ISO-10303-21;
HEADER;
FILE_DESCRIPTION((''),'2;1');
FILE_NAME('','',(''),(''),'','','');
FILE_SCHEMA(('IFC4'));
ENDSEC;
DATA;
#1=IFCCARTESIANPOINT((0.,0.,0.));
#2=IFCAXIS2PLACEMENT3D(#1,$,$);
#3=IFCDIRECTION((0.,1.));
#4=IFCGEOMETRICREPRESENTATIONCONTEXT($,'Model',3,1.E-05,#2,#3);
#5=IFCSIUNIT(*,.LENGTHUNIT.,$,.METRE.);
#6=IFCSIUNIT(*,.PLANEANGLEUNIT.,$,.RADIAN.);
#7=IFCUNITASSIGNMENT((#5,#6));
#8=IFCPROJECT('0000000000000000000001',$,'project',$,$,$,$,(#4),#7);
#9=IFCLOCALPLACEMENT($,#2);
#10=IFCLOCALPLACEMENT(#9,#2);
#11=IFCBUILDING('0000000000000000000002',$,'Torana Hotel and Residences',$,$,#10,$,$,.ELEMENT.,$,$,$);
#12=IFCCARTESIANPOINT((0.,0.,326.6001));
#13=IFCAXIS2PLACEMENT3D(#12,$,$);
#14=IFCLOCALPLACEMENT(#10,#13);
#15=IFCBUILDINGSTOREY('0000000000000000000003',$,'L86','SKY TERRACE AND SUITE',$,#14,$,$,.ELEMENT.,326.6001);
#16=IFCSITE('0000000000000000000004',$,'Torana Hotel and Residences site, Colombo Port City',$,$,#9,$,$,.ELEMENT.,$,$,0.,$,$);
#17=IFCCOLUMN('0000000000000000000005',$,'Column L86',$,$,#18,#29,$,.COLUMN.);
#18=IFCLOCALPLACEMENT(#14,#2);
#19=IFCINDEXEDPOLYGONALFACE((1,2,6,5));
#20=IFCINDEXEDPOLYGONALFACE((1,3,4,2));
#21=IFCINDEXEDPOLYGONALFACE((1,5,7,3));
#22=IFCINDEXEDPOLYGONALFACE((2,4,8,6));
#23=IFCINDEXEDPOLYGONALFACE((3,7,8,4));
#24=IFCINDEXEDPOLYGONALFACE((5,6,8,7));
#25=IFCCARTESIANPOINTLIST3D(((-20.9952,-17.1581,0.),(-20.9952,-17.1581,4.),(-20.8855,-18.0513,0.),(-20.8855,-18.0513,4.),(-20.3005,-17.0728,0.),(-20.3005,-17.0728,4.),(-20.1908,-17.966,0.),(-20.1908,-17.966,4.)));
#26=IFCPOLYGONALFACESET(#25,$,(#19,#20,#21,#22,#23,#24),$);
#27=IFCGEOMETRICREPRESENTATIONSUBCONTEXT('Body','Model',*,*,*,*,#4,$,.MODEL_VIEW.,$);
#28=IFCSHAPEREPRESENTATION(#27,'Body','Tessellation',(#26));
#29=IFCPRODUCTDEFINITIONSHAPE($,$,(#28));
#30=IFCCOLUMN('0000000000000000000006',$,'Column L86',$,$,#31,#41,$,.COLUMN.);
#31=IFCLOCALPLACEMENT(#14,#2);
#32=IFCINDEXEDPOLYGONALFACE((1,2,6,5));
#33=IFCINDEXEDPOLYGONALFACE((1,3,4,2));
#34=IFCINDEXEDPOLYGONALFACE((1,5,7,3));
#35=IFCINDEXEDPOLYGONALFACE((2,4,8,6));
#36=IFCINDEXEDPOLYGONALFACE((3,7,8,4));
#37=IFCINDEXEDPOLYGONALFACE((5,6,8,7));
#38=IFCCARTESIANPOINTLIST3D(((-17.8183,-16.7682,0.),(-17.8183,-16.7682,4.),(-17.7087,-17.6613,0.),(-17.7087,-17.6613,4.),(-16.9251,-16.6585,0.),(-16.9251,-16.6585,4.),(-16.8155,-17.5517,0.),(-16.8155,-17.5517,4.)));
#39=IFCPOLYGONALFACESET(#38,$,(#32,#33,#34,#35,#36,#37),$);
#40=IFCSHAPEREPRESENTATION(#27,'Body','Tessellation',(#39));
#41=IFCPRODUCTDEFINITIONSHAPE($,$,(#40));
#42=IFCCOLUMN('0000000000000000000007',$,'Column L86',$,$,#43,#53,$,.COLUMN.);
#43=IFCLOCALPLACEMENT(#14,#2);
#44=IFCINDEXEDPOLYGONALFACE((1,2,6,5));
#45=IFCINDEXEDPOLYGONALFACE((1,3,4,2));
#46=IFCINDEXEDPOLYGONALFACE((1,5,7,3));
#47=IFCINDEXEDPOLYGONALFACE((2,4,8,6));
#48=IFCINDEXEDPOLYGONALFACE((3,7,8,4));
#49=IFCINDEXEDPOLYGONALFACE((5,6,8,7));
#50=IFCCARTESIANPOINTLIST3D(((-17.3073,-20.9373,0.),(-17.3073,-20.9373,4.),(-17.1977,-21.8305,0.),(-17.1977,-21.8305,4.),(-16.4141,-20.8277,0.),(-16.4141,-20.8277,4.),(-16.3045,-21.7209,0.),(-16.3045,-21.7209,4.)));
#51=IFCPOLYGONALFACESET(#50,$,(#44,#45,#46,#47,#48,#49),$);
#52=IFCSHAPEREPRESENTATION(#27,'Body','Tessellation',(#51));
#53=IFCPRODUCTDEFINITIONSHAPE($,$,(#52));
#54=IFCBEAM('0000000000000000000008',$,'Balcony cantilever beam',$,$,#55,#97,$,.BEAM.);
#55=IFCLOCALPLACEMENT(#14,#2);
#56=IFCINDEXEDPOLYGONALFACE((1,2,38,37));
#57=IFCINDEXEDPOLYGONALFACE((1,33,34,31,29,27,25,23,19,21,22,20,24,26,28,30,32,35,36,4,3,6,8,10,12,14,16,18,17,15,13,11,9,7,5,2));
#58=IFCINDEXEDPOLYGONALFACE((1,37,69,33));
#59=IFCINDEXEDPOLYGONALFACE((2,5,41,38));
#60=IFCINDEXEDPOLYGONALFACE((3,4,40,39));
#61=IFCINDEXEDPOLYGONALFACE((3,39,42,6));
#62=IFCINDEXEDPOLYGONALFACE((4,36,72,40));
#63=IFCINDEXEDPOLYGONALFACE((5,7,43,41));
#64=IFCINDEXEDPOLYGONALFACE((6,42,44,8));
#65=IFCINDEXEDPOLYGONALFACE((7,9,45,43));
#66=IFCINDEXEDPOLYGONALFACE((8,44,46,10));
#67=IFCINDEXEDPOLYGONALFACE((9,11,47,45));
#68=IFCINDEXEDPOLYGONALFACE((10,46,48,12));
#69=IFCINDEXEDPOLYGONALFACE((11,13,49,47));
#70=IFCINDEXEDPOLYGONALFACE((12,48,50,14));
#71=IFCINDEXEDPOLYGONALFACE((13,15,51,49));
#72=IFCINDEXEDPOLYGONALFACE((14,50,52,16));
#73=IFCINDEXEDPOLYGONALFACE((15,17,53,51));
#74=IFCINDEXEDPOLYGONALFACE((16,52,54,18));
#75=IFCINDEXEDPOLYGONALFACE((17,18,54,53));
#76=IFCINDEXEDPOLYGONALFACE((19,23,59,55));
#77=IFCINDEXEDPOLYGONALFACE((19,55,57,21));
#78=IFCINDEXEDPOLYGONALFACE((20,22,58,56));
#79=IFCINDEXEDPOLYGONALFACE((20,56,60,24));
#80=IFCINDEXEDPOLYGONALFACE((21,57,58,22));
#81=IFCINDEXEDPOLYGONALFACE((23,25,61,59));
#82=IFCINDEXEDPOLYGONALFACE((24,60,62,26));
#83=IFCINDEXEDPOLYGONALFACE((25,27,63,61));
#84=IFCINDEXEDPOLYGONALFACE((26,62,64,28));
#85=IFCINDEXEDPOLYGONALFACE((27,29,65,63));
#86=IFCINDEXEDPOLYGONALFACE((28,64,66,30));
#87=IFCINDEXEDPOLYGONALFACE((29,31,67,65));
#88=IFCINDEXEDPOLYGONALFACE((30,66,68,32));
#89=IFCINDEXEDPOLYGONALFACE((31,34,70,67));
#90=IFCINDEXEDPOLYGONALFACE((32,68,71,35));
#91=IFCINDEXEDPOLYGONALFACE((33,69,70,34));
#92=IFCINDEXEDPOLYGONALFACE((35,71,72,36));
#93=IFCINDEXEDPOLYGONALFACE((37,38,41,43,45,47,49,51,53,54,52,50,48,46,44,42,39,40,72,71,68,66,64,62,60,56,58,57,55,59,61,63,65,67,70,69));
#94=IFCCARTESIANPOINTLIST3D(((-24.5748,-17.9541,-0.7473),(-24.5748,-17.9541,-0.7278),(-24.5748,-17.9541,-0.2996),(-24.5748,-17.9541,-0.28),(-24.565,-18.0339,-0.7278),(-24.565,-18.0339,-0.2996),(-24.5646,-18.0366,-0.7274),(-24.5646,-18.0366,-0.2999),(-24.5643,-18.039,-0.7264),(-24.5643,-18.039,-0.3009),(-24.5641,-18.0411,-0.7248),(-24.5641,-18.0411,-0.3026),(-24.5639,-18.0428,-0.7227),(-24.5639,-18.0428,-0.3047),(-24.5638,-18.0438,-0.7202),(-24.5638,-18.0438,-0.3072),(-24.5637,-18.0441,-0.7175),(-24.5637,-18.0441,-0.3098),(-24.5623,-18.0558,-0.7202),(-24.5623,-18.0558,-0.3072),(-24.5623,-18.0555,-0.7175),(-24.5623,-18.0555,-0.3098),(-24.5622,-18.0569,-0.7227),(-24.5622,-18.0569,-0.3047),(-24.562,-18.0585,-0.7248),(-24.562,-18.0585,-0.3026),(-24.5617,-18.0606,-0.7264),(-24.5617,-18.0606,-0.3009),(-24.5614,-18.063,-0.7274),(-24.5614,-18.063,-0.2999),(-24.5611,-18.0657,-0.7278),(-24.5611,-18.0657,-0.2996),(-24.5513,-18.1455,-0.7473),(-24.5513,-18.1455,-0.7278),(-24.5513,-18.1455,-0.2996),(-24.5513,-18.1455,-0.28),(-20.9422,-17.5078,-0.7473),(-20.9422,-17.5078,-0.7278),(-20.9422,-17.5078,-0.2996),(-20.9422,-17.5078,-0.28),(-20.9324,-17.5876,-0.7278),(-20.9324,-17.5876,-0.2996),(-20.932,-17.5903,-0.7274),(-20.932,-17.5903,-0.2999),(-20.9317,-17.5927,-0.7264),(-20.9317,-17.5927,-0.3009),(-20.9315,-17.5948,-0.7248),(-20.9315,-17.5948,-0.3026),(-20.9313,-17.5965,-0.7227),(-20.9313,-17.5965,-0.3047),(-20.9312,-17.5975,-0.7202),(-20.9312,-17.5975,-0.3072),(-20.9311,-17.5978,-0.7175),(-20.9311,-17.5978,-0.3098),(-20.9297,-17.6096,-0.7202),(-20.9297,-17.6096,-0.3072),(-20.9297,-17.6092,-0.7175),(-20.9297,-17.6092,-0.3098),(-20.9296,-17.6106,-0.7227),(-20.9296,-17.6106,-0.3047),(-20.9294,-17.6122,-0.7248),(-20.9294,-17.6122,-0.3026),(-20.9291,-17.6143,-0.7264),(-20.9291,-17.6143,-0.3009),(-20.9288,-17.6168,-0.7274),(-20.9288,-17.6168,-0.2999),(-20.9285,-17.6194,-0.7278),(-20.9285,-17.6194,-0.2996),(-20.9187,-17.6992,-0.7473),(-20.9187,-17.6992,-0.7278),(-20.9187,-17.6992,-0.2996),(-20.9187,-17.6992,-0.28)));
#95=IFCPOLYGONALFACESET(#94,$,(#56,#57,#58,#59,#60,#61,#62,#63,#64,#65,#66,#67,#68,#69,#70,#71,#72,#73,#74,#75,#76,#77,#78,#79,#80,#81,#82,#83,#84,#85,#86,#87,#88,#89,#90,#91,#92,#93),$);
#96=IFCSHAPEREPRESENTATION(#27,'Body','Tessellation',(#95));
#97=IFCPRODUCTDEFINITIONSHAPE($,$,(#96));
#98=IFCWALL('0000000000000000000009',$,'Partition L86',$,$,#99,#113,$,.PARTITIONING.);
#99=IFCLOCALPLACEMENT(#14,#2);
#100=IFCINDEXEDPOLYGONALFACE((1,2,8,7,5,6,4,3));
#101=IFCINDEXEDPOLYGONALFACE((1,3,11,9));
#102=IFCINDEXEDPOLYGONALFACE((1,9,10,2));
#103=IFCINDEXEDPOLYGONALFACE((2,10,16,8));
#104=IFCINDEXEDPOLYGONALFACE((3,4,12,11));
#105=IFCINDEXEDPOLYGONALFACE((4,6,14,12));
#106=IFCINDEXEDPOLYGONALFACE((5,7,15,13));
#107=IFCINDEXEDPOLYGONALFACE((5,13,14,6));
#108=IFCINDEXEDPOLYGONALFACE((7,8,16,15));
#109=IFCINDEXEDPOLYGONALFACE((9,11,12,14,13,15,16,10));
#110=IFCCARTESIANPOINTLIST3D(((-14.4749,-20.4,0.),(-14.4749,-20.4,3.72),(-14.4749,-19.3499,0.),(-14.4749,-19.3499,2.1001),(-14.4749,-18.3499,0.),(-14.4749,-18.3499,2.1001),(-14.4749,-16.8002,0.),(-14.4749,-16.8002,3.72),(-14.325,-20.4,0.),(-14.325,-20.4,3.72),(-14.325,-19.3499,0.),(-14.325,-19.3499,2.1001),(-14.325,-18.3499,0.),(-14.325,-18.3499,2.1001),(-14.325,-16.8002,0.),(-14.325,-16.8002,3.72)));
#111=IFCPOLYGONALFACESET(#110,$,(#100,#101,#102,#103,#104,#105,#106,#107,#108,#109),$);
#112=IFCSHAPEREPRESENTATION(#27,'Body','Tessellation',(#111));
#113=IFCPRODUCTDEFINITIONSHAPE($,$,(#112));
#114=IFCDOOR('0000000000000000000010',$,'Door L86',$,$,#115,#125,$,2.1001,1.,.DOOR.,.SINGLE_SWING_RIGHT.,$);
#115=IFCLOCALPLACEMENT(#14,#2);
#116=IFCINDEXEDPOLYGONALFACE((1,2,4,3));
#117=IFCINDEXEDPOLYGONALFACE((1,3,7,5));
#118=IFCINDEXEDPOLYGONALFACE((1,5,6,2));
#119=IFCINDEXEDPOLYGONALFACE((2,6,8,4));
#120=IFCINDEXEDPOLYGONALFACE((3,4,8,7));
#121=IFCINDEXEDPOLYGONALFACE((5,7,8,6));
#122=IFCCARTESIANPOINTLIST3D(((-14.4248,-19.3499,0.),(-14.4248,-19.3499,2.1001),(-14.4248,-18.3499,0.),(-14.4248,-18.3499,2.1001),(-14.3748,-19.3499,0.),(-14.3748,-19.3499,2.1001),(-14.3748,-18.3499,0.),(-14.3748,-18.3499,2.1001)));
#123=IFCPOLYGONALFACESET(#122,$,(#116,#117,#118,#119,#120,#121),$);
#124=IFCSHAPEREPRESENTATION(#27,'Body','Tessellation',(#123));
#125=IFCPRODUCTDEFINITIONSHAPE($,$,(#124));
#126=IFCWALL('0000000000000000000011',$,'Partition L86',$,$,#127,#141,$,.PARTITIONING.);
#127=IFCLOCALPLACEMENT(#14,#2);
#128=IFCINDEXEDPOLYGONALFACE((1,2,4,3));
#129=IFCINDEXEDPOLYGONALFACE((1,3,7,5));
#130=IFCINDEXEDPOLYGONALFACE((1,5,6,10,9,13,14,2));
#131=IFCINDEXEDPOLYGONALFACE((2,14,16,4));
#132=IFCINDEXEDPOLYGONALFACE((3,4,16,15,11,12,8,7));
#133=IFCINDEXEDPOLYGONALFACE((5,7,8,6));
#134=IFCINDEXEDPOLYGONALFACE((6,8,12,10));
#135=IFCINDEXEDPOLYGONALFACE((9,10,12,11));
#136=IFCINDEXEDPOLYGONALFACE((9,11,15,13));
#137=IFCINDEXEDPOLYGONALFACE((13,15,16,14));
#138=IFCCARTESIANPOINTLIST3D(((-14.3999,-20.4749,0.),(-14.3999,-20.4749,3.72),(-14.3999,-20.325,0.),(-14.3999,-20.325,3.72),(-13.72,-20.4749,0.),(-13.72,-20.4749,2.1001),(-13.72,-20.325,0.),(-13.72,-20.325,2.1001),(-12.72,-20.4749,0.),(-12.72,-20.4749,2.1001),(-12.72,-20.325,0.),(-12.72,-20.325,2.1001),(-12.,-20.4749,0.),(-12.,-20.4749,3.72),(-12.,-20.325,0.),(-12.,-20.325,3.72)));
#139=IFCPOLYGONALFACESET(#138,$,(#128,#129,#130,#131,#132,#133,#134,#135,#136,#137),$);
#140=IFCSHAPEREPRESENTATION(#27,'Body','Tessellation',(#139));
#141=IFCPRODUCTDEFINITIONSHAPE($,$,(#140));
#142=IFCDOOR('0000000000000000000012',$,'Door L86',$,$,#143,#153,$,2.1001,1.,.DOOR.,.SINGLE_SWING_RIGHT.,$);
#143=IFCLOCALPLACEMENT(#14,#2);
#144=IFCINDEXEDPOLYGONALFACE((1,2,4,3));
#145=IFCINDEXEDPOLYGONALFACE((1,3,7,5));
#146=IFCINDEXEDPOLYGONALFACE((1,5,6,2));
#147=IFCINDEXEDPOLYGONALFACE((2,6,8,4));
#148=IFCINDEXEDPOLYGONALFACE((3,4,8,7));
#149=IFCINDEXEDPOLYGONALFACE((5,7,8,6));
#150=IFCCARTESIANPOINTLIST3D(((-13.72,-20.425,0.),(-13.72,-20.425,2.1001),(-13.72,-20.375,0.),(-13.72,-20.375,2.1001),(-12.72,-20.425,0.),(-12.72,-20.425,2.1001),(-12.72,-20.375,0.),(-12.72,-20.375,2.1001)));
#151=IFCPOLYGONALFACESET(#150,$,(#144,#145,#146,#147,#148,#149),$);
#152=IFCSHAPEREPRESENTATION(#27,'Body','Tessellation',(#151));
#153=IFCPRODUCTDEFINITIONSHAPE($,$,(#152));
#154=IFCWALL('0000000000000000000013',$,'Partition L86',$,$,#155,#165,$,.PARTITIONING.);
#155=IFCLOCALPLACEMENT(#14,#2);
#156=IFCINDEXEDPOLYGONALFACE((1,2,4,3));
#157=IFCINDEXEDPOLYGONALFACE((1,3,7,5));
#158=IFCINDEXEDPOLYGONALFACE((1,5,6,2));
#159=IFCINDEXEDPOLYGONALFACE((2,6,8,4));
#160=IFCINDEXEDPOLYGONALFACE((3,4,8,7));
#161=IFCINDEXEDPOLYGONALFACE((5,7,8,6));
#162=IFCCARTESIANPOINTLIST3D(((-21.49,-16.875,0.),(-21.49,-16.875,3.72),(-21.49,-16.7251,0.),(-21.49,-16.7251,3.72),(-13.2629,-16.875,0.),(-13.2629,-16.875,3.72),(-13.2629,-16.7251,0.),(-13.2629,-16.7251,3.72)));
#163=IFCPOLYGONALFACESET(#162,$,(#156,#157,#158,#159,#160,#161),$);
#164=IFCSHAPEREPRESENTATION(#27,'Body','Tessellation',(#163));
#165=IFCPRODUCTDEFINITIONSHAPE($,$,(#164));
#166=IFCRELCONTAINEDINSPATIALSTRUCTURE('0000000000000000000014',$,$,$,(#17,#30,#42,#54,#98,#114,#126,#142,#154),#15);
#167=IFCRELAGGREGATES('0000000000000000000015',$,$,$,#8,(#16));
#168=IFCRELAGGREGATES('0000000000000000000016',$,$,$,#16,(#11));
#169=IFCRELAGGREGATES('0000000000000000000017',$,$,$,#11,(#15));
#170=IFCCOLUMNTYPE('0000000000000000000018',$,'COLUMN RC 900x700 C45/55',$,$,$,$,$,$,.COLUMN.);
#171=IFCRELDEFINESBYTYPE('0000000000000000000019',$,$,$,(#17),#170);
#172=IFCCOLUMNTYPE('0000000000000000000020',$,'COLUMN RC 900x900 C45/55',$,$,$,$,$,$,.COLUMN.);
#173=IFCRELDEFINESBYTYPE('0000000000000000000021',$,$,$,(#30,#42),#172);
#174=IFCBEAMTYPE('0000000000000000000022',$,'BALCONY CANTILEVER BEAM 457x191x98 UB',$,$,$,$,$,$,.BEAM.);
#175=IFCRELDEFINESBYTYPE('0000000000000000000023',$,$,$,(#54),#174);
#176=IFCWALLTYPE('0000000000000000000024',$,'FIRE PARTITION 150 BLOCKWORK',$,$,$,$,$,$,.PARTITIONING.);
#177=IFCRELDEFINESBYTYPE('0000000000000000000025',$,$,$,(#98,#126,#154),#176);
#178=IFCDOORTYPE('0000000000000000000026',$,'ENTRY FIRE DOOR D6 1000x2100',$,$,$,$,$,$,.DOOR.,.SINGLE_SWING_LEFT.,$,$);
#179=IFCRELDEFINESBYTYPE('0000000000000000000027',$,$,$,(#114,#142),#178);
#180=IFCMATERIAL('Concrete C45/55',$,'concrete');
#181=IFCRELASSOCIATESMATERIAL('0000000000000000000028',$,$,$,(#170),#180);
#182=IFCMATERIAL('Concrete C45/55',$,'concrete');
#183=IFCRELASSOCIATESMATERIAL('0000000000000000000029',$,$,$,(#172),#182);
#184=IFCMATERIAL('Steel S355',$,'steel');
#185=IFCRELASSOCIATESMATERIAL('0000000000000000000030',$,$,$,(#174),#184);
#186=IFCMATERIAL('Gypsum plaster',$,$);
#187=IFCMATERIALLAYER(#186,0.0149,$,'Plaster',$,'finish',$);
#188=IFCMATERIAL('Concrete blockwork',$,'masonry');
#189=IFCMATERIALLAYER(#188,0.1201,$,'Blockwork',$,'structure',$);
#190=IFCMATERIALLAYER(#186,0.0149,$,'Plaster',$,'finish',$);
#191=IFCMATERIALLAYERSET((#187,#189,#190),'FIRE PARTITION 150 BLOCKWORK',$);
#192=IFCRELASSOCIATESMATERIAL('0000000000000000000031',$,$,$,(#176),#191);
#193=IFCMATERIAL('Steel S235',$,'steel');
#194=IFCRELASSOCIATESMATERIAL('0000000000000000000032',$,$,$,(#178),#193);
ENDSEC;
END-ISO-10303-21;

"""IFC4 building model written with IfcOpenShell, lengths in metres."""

from ifc_helpers import new_model, si_unit, direction, frame, frame_2d, origin, origin_2d, place, context, subcontext, project, spatial, rectangle, i_section, extrude, material, layer, layer_set, material_profile, profile_set, type_object, element, fill, save


model = new_model("IFC4")

# Units and contexts
model_context = context("Model", 3, precision=1e-05, world=origin(), true_north=direction((0.0, 1.0)))
body_context = subcontext(model_context, "Body", "Model", "MODEL_VIEW")
ifc_project = project(units=[si_unit("LENGTHUNIT", "METRE"), si_unit("PLANEANGLEUNIT", "RADIAN")], contexts=[model_context])

# Site, building, storey
site_placement = place(None, origin())
site = spatial("IfcSite", under=ifc_project, at=site_placement, Name="Torana Hotel and Residences site, Colombo Port City", CompositionType="ELEMENT", RefElevation=0.0)
building_placement = place(site_placement, origin())
building = spatial("IfcBuilding", under=site, at=building_placement, Name="Torana Hotel and Residences", CompositionType="ELEMENT")
storey_placement = place(building_placement, frame((0.0, 0.0, 326.6001)))
storey = spatial("IfcBuildingStorey", under=building, at=storey_placement, Name="L86", Description="SKY TERRACE AND SUITE", CompositionType="ELEMENT", Elevation=326.6001)

# Columns
ifc_material_1 = material(Name="Concrete C45/55", Category="concrete")
ifc_material_profile_1 = material_profile(ifc_material_1, rectangle(XDim=0.8999, YDim=0.7, at=origin_2d()), Name="RC 900x700")
ifc_profile_set_1 = profile_set([ifc_material_profile_1], Name="Concrete C45/55")
column_type_1 = type_object("IfcColumnType", Name="COLUMN RC 900x700 C45/55", PredefinedType="COLUMN", material=ifc_profile_set_1)
column_placement = place(storey_placement, frame((-20.593, -17.562, 0.0), z_axis=(0.0, 0.0, 1.0), x_axis=(-0.121869, 0.992546, 0.0)))
element("IfcColumn", 1, at=column_placement, inside=storey, type_object=column_type_1, Name="Column L86", PredefinedType="COLUMN", context=body_context, shape_type="SweptSolid", body=[
    extrude(rectangle(XDim=0.8999, YDim=0.7, at=origin_2d()), origin(), (0.0, 0.0, 1.0), 4.0),
])
ifc_material_2 = material(Name="Concrete C45/55", Category="concrete")
ifc_material_profile_2 = material_profile(ifc_material_2, rectangle(XDim=0.8999, YDim=0.8999, at=origin_2d()), Name="RC 900x900")
ifc_profile_set_2 = profile_set([ifc_material_profile_2], Name="Concrete C45/55")
column_type_2 = type_object("IfcColumnType", Name="COLUMN RC 900x900 C45/55", PredefinedType="COLUMN", material=ifc_profile_set_2)
for number, where, z_axis, x_axis, name in (
    (2, (-17.3169, -17.1599, 0.0), (0.0, 0.0, 1.0), (0.992546, 0.121869, 0.0), "Column L86"),
    (3, (-16.8059, -21.3291, 0.0), (0.0, 0.0, 1.0), (0.992546, 0.121869, 0.0), "Column L86"),
):
    element("IfcColumn", number, at=place(storey_placement, frame(where, z_axis=z_axis, x_axis=x_axis)), inside=storey, type_object=column_type_2, Name=name, PredefinedType="COLUMN", context=body_context, shape_type="SweptSolid", body=[
        extrude(rectangle(XDim=0.8999, YDim=0.8999, at=origin_2d()), origin(), (0.0, 0.0, 1.0), 4.0),
    ])

# Beam
ifc_material_3 = material(Name="Steel S355", Category="steel")
ifc_material_profile_3 = material_profile(ifc_material_3, i_section(OverallWidth=0.1929, OverallDepth=0.4673, WebThickness=0.0115, FlangeThickness=0.0195, FilletRadius=0.0103, at=origin_2d()), Name="457x191x98 UB")
ifc_profile_set_3 = profile_set([ifc_material_profile_3], Name="Steel S355")
beam_type = type_object("IfcBeamType", Name="BALCONY CANTILEVER BEAM 457x191x98 UB", PredefinedType="BEAM", material=ifc_profile_set_3)
beam_placement = place(storey_placement, frame((-20.9304, -17.6035, -0.5137), z_axis=(-0.992537, -0.121941, 0.0), x_axis=(0.121941, -0.992537, 0.0)))
element("IfcBeam", 4, at=beam_placement, inside=storey, type_object=beam_type, Name="Balcony cantilever beam", PredefinedType="BEAM", context=body_context, shape_type="SweptSolid", body=[
    extrude(i_section(OverallWidth=0.1929, OverallDepth=0.4673, WebThickness=0.0115, FlangeThickness=0.0195, FilletRadius=0.0103, at=origin_2d()), origin(), (0.0, 0.0, 1.0), 3.6599),
])

# Walls, openings, doors
ifc_material_4 = material(Name="Gypsum plaster")
ifc_layer_1 = layer(ifc_material_4, 0.0149, Name="Plaster", Category="finish")
ifc_material_5 = material(Name="Concrete blockwork", Category="masonry")
ifc_layer_2 = layer(ifc_material_5, 0.1201, Name="Blockwork", Category="structure")
ifc_layer_3 = layer(ifc_material_4, 0.0149, Name="Plaster", Category="finish")
ifc_layer_set_1 = layer_set([ifc_layer_1, ifc_layer_2, ifc_layer_3], Name="FIRE PARTITION 150 BLOCKWORK")
wall_type_1 = type_object("IfcWallType", Name="FIRE PARTITION 150 BLOCKWORK", PredefinedType="PARTITIONING", material=ifc_layer_set_1)
wall_1_placement = place(storey_placement, frame((-14.3999, -20.3999, 0.0), z_axis=(0.0, 0.0, 1.0), x_axis=(0.0, 1.0, 0.0)))
wall_1 = element("IfcWall", 5, at=wall_1_placement, inside=storey, type_object=wall_type_1, Name="Partition L86", PredefinedType="PARTITIONING", context=body_context, shape_type="SweptSolid", body=[
    extrude(rectangle(XDim=3.5999, YDim=0.1499, at=frame_2d((1.7998, 0.0))), origin(), (0.0, 0.0, 1.0), 3.72),
])
opening_1_placement = place(wall_1_placement, frame((1.05, 0.0, 0.0)))
opening_1 = element("IfcOpeningElement", 6, at=opening_1_placement, cuts=wall_1, PredefinedType="OPENING", context=body_context, shape_type="SweptSolid", body=[
    extrude(rectangle(XDim=1.0, YDim=2.1001, at=frame_2d((0.5, 1.05))), frame((0.0, 0.085, 0.0), z_axis=(0.0, -1.0, 0.0), x_axis=(1.0, 0.0, 0.0)), (0.0, 0.0, 1.0), 0.1699),
])
ifc_material_6 = material(Name="Steel S235", Category="steel")
door_type_1 = type_object("IfcDoorType", Name="ENTRY FIRE DOOR D6 1000x2100", OperationType="SINGLE_SWING_LEFT", PredefinedType="DOOR", material=ifc_material_6)
door_1_placement = place(opening_1_placement, origin())
door_1 = element("IfcDoor", 7, at=door_1_placement, inside=storey, type_object=door_type_1, Name="Door L86", OperationType="SINGLE_SWING_RIGHT", OverallHeight=2.1001, OverallWidth=1.0, PredefinedType="DOOR", context=body_context, shape_type="SweptSolid", body=[
    extrude(rectangle(XDim=1.0, YDim=2.1001, at=frame_2d((0.5, 1.05))), frame((0.0, 0.0249, 0.0), z_axis=(0.0, -1.0, 0.0), x_axis=(1.0, 0.0, 0.0)), (0.0, 0.0, 1.0), 0.05),
])
fill(opening_1, door_1)
wall_2_placement = place(storey_placement, frame((-14.3999, -20.3999, 0.0), z_axis=(0.0, 0.0, 1.0), x_axis=(1.0, 0.0, 0.0)))
wall_2 = element("IfcWall", 8, at=wall_2_placement, inside=storey, type_object=wall_type_1, Name="Partition L86", PredefinedType="PARTITIONING", context=body_context, shape_type="SweptSolid", body=[
    extrude(rectangle(XDim=2.3999, YDim=0.1499, at=frame_2d((1.2, 0.0))), origin(), (0.0, 0.0, 1.0), 3.72),
])
opening_2_placement = place(wall_2_placement, frame((0.6799, 0.0, 0.0)))
opening_2 = element("IfcOpeningElement", 9, at=opening_2_placement, cuts=wall_2, PredefinedType="OPENING", context=body_context, shape_type="SweptSolid", body=[
    extrude(rectangle(XDim=1.0, YDim=2.1001, at=frame_2d((0.5, 1.05))), frame((0.0, 0.085, 0.0), z_axis=(0.0, -1.0, 0.0), x_axis=(1.0, 0.0, 0.0)), (0.0, 0.0, 1.0), 0.1699),
])
door_2_placement = place(opening_2_placement, frame((0.5, 0.0, 0.0), z_axis=(0.0, 0.0, 1.0), x_axis=(-1.0, 0.0, 0.0)))
door_2 = element("IfcDoor", 10, at=door_2_placement, inside=storey, type_object=door_type_1, Name="Door L86", OperationType="SINGLE_SWING_RIGHT", OverallHeight=2.1001, OverallWidth=1.0, PredefinedType="DOOR", context=body_context, shape_type="SweptSolid", body=[
    extrude(rectangle(XDim=1.0, YDim=2.1001, at=frame_2d((0.0, 1.05))), frame((0.0, -0.0249, 0.0), z_axis=(0.0, 1.0, 0.0), x_axis=(-1.0, 0.0, 0.0)), (0.0, 0.0, 1.0), 0.05),
])
fill(opening_2, door_2)

# Wall
wall_3_placement = place(storey_placement, frame((-21.49, -16.8, 0.0), z_axis=(0.0, 0.0, 1.0), x_axis=(1.0, 0.0, 0.0)))
element("IfcWall", 11, at=wall_3_placement, inside=storey, type_object=wall_type_1, Name="Partition L86", PredefinedType="PARTITIONING", context=body_context, shape_type="SweptSolid", body=[
    extrude(rectangle(XDim=8.2271, YDim=0.1499, at=frame_2d((4.1135, 0.0))), origin(), (0.0, 0.0, 1.0), 3.72),
])

save(model, "model.ifc")
